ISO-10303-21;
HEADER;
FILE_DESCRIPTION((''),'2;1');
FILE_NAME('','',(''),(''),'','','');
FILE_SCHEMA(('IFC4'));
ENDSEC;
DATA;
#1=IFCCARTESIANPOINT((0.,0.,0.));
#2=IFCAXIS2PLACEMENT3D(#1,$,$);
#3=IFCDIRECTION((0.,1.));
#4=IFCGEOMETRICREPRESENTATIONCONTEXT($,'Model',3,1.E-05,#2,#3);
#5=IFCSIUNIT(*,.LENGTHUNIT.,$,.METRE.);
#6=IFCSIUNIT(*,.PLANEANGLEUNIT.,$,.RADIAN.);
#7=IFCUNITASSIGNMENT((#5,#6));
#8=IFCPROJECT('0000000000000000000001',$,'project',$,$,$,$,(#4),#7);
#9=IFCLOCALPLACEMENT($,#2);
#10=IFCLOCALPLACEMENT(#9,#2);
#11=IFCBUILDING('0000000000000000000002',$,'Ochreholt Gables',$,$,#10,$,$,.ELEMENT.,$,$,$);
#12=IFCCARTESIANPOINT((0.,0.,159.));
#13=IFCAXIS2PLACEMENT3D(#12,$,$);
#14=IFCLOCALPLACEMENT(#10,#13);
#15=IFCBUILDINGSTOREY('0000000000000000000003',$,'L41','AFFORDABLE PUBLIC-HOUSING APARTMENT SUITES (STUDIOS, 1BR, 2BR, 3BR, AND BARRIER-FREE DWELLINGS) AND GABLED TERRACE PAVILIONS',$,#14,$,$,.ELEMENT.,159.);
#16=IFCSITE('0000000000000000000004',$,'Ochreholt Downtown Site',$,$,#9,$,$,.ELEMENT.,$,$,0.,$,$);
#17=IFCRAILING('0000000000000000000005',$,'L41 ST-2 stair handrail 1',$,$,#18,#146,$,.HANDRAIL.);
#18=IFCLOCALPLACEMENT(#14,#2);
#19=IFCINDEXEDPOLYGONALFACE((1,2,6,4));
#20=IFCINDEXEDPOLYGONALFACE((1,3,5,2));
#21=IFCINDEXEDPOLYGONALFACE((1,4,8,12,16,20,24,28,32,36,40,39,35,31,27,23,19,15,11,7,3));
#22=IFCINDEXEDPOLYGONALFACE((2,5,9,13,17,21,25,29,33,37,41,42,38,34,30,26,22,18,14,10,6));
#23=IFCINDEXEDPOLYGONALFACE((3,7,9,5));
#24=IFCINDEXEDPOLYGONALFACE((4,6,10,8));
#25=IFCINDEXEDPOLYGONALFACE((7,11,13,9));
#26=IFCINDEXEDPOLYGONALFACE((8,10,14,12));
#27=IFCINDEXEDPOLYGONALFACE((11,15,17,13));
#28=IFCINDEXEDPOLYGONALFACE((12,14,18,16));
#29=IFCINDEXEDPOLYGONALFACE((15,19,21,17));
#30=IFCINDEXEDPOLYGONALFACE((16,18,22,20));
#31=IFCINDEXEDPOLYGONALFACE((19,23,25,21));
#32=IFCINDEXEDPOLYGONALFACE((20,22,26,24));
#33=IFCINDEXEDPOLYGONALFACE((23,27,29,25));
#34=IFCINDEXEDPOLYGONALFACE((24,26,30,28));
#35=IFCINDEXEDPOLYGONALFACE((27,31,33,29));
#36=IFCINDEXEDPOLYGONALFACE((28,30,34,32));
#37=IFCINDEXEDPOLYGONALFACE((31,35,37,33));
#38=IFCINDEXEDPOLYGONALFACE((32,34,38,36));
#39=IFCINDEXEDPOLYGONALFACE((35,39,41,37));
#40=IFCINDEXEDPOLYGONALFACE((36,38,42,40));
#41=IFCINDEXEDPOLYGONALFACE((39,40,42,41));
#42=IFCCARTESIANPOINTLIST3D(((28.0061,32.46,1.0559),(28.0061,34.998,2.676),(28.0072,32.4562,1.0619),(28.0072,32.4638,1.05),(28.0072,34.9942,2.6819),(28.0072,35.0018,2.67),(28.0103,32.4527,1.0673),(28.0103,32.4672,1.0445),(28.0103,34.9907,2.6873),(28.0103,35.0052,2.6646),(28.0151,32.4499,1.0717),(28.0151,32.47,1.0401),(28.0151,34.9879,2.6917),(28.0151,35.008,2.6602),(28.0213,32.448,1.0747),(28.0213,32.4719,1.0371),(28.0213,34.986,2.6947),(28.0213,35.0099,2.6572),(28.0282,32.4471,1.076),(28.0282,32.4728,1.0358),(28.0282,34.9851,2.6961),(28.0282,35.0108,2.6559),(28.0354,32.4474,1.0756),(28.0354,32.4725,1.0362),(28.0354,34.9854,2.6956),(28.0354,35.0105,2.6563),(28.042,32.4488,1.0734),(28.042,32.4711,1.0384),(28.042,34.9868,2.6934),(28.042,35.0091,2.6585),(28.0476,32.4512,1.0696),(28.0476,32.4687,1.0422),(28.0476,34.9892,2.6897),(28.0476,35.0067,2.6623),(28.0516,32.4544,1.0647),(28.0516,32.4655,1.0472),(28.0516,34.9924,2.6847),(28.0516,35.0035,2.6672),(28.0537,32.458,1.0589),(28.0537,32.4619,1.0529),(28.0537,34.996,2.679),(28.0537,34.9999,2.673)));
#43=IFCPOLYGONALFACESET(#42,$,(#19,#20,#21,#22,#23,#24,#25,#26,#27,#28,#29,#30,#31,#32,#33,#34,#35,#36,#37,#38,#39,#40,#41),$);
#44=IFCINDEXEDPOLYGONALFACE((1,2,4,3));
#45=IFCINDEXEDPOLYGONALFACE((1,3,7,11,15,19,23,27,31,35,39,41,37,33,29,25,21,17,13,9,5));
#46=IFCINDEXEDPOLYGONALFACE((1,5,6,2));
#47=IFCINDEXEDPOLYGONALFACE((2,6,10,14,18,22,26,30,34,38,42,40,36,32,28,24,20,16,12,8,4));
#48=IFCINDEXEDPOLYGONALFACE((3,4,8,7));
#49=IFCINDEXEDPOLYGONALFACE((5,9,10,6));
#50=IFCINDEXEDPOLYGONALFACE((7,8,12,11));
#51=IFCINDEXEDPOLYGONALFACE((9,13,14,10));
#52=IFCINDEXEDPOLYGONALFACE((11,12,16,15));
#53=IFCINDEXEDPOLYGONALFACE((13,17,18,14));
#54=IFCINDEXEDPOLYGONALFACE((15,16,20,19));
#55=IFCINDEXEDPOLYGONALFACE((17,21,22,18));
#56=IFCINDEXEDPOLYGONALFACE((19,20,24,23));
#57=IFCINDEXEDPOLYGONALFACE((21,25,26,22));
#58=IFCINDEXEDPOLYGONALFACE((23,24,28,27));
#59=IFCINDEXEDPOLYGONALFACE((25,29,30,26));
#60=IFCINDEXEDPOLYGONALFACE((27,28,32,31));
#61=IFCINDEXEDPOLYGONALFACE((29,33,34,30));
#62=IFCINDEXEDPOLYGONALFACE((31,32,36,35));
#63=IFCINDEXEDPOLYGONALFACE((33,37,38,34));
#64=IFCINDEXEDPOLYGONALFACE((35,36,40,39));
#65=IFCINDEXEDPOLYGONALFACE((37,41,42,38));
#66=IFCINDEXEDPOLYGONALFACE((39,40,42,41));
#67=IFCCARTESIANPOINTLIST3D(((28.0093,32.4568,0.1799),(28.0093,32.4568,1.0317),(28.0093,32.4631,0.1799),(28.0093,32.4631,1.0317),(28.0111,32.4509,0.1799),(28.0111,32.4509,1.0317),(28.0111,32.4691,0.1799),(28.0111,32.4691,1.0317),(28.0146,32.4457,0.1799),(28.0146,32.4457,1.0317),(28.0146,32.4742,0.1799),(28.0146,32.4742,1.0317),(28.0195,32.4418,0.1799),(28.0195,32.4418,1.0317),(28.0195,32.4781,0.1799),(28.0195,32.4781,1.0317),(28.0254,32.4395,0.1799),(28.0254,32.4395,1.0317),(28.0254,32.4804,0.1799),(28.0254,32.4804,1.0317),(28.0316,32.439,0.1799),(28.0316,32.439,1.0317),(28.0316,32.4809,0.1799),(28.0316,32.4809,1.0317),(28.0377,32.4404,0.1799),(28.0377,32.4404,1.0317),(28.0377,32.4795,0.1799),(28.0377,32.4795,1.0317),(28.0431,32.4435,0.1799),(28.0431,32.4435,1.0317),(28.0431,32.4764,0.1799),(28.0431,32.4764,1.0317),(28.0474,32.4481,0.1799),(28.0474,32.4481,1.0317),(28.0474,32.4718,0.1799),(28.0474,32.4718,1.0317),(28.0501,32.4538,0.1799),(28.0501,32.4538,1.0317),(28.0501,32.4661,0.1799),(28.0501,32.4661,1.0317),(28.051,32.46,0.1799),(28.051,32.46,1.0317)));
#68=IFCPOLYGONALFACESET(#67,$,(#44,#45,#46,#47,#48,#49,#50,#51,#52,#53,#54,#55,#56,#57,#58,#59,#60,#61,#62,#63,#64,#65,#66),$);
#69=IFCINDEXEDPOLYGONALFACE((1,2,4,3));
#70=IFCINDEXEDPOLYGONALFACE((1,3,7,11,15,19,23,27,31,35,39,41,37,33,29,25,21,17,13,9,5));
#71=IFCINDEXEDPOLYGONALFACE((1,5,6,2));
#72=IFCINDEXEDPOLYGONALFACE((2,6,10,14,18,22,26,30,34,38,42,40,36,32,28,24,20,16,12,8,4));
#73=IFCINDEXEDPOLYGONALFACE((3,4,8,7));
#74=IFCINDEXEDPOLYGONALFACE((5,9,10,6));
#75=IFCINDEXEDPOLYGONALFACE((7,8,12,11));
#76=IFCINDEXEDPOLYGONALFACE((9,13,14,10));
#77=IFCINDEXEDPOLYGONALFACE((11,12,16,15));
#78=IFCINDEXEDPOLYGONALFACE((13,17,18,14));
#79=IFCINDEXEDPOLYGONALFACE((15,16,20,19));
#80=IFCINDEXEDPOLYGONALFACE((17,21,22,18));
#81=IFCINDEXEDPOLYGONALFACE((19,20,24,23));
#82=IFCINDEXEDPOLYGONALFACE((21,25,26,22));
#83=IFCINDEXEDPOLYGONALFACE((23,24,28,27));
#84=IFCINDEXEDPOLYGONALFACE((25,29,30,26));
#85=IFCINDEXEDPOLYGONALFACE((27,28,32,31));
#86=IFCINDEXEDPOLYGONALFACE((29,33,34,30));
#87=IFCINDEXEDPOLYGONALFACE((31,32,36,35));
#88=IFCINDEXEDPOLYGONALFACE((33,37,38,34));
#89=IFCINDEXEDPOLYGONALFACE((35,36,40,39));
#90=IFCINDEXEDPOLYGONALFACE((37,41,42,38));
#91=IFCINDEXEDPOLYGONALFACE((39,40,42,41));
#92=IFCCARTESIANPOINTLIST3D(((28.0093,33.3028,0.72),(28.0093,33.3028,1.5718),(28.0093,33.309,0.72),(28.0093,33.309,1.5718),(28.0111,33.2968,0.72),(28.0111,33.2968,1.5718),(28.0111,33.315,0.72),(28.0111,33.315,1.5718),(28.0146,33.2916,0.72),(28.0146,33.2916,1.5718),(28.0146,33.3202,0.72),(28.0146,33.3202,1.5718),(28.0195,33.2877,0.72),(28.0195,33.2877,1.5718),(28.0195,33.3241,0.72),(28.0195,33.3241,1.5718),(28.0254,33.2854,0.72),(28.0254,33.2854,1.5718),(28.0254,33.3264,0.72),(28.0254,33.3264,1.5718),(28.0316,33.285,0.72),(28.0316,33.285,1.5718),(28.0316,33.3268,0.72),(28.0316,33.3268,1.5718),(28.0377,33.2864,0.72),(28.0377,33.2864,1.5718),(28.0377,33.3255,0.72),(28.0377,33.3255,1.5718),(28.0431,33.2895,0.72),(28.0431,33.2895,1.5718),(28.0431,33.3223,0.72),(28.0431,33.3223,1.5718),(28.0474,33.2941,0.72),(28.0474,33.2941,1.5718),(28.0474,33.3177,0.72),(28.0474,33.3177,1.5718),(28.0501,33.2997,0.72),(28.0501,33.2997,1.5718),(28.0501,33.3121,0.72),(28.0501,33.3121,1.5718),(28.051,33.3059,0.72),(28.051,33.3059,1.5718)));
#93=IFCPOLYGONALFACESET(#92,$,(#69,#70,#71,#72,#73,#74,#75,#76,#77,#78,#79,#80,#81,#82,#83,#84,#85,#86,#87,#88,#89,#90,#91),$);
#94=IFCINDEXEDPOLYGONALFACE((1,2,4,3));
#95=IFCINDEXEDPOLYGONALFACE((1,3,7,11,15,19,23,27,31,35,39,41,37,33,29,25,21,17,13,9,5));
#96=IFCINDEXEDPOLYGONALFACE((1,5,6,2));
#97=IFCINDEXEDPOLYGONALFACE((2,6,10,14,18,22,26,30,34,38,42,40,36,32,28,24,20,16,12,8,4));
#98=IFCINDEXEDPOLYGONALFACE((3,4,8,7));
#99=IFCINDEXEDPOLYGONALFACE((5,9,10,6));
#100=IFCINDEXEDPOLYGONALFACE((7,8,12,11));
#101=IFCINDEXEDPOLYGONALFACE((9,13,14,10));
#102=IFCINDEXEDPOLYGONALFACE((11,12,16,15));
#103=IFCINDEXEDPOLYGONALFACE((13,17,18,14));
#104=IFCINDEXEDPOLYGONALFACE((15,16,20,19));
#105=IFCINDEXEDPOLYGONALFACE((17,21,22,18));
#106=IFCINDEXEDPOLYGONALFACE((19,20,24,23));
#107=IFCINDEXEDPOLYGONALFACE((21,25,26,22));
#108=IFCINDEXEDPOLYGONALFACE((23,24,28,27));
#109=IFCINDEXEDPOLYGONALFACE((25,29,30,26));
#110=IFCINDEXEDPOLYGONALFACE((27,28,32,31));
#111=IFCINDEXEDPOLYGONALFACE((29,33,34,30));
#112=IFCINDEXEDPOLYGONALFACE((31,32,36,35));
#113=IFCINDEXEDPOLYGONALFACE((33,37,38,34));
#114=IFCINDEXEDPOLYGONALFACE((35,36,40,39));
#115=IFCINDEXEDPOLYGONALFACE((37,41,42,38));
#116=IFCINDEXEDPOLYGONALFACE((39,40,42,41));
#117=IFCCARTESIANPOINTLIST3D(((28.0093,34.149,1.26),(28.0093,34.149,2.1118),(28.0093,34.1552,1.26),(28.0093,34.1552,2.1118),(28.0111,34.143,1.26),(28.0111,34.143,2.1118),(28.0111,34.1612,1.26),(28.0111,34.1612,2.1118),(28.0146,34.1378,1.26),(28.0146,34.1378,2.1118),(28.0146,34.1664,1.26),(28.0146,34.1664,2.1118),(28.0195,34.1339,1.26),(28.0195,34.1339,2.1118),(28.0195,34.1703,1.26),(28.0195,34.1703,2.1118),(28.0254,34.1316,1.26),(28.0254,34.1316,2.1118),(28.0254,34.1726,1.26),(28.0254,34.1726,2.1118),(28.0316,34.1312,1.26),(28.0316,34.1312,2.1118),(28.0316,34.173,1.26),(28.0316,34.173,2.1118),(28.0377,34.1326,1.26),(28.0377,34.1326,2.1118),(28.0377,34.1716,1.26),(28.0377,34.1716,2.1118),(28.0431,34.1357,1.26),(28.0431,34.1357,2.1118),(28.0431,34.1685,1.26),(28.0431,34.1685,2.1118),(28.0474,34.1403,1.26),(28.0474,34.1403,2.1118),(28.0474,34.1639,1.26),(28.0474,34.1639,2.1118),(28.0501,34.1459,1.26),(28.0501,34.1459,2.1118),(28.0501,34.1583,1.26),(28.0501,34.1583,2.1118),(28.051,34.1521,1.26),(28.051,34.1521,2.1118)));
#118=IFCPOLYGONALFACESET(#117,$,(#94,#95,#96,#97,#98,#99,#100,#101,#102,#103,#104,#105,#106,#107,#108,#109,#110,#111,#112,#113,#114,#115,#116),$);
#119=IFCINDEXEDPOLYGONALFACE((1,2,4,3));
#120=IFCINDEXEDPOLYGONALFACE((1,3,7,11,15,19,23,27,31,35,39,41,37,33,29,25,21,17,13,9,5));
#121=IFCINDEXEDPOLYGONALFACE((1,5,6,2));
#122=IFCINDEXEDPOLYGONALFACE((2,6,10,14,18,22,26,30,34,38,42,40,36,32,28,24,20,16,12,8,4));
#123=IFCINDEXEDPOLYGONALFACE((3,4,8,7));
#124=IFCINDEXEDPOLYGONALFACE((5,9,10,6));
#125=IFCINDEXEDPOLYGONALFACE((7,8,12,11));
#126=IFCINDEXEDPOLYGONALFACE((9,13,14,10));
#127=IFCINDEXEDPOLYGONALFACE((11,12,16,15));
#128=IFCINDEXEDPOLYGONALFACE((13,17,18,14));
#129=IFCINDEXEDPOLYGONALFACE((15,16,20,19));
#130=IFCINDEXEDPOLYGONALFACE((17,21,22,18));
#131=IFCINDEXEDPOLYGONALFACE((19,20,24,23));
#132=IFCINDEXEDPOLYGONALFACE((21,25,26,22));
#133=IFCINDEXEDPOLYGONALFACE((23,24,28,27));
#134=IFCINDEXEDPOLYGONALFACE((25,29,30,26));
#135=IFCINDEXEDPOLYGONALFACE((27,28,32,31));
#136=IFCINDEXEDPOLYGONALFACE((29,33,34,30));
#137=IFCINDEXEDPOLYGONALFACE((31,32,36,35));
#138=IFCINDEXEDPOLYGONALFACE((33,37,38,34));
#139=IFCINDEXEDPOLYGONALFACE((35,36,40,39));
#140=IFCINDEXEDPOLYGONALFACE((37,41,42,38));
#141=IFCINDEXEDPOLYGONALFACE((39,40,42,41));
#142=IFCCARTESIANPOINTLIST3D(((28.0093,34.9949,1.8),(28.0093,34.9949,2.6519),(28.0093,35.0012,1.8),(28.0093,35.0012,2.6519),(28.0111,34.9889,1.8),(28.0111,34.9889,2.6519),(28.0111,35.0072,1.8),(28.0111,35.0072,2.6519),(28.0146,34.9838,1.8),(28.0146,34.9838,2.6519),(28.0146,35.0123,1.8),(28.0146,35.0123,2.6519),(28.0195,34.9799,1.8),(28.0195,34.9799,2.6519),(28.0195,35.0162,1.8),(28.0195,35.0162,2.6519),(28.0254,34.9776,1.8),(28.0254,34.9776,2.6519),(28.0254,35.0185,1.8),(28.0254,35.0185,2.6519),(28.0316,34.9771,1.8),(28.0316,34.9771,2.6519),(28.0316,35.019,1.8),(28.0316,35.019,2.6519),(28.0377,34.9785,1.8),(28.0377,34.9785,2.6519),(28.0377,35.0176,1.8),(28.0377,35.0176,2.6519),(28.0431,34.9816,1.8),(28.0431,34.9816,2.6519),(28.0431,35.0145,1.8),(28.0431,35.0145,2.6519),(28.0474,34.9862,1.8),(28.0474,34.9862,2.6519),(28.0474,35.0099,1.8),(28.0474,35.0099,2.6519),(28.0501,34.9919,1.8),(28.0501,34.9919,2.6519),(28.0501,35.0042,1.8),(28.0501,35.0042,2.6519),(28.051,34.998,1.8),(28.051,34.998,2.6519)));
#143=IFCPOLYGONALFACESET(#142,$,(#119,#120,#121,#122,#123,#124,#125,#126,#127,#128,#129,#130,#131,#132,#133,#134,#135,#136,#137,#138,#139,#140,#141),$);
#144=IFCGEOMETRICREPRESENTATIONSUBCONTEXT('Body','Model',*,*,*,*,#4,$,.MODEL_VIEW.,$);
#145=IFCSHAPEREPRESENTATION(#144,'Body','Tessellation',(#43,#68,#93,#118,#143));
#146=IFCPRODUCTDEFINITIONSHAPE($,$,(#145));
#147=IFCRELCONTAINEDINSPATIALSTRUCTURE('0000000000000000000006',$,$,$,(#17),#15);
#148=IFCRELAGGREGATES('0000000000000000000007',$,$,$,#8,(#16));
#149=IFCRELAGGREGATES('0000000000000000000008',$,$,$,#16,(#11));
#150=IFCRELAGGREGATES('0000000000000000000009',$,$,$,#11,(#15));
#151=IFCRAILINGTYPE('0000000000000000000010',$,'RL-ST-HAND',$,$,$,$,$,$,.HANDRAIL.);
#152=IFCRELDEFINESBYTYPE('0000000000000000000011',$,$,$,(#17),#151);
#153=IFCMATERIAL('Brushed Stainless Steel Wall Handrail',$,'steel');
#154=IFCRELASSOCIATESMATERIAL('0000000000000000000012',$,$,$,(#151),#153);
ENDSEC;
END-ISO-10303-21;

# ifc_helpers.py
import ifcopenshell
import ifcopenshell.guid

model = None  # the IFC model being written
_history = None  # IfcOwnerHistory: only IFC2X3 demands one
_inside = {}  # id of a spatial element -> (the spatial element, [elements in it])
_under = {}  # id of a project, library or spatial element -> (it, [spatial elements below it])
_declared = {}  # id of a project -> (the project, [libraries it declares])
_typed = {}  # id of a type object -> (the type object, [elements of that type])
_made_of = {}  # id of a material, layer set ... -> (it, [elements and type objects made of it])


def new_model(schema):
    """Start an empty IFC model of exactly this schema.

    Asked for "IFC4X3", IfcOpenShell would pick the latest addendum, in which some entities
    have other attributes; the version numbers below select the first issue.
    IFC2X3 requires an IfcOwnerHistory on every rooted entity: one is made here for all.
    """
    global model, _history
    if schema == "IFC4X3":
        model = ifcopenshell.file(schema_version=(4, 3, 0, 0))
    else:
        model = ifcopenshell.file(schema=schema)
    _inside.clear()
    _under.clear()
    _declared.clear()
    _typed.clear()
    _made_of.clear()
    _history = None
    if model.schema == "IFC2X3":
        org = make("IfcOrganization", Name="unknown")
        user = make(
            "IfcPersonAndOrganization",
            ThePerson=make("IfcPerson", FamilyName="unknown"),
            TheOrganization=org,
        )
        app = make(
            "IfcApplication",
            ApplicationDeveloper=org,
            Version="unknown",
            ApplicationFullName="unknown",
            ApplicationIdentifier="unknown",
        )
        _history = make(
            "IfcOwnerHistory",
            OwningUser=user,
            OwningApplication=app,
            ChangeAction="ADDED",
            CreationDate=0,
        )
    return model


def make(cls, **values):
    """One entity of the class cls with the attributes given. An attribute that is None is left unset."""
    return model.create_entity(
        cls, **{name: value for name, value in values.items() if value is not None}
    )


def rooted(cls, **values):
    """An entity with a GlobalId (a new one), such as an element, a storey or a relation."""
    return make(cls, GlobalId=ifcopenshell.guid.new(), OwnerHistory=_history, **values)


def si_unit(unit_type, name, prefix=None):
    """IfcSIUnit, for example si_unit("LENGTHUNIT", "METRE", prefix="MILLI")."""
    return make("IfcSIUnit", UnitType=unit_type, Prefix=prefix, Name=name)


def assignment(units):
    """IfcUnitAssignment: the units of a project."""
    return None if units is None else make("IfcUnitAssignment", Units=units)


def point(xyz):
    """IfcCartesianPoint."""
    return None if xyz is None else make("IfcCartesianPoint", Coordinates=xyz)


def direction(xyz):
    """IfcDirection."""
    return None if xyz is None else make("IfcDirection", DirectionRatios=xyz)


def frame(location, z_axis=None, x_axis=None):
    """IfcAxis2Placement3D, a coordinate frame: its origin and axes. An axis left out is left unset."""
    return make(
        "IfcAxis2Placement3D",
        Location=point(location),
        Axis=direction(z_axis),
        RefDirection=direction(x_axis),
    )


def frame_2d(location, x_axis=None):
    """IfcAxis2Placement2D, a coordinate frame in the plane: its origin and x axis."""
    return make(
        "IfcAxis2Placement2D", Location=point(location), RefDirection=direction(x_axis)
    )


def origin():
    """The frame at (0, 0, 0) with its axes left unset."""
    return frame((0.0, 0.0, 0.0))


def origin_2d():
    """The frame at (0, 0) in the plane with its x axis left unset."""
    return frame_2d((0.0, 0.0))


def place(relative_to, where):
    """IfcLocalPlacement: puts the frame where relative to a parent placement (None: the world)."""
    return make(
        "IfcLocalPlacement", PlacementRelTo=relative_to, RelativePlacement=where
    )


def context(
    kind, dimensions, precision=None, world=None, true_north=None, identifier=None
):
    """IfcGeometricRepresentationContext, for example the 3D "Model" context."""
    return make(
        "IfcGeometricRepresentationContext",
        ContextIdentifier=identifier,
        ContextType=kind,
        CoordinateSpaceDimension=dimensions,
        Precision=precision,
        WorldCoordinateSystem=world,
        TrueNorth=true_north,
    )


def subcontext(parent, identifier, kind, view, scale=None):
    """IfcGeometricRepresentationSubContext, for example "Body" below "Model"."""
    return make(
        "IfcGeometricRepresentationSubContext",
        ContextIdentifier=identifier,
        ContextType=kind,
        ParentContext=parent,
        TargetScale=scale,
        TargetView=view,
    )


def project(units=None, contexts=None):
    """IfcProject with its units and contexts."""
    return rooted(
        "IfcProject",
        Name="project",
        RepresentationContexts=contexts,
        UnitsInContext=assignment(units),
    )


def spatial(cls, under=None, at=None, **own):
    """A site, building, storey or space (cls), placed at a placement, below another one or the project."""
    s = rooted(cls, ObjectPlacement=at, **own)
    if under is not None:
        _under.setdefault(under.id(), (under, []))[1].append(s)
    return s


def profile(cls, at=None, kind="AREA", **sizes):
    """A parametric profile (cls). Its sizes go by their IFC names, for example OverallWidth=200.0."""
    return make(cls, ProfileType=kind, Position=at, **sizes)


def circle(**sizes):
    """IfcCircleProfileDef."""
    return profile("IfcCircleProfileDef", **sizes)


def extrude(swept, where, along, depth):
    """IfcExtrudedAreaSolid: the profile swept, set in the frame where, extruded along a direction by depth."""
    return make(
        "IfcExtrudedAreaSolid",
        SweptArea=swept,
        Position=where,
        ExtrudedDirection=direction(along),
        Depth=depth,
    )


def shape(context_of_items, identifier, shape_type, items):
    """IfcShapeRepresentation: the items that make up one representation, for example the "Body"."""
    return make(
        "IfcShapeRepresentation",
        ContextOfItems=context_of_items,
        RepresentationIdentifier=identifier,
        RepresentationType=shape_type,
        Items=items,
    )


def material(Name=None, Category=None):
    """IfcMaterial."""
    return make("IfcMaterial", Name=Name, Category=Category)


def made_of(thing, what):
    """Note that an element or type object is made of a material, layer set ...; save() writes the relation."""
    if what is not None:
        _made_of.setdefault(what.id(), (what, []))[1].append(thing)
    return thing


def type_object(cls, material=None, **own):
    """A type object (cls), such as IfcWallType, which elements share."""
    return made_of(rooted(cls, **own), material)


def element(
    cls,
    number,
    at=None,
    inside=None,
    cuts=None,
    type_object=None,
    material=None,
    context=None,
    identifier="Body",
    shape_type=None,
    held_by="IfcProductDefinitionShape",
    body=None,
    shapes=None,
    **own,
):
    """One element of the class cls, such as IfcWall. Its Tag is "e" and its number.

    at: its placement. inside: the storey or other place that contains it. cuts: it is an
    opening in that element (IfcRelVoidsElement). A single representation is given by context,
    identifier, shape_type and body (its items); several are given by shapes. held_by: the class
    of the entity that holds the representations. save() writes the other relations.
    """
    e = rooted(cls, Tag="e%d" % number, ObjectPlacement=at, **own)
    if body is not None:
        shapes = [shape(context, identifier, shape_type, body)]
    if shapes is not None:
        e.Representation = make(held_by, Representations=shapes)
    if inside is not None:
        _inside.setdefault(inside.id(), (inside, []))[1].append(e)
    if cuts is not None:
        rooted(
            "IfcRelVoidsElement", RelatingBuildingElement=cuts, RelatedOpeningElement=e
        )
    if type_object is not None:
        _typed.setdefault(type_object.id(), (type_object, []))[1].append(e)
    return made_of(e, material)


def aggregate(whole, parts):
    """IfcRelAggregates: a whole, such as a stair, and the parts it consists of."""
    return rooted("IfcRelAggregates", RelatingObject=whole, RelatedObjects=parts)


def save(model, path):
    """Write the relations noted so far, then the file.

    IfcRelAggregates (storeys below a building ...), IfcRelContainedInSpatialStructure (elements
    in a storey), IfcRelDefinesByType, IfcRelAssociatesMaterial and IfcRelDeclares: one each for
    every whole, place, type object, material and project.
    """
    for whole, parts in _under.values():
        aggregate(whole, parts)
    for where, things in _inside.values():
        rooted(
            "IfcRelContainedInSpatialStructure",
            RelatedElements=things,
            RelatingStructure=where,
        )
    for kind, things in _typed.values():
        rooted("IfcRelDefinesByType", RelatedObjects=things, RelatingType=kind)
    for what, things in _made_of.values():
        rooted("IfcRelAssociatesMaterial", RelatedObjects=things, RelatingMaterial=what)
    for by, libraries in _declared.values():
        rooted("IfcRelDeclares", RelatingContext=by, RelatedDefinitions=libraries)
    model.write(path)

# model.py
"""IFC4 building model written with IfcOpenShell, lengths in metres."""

from ifc_helpers import new_model, si_unit, direction, frame, origin, origin_2d, place, context, subcontext, project, spatial, circle, extrude, material, type_object, element, save


model = new_model("IFC4")

# Units and contexts
model_context = context("Model", 3, precision=1e-05, world=origin(), true_north=direction((0.0, 1.0)))
body_context = subcontext(model_context, "Body", "Model", "MODEL_VIEW")
ifc_project = project(units=[si_unit("LENGTHUNIT", "METRE"), si_unit("PLANEANGLEUNIT", "RADIAN")], contexts=[model_context])

# Site, building, storey
site_placement = place(None, origin())
site = spatial("IfcSite", under=ifc_project, at=site_placement, Name="Ochreholt Downtown Site", CompositionType="ELEMENT", RefElevation=0.0)
building_placement = place(site_placement, origin())
building = spatial("IfcBuilding", under=site, at=building_placement, Name="Ochreholt Gables", CompositionType="ELEMENT")
storey_placement = place(building_placement, frame((0.0, 0.0, 159.0)))
storey = spatial("IfcBuildingStorey", under=building, at=storey_placement, Name="L41", Description="AFFORDABLE PUBLIC-HOUSING APARTMENT SUITES (STUDIOS, 1BR, 2BR, 3BR, AND BARRIER-FREE DWELLINGS) AND GABLED TERRACE PAVILIONS", CompositionType="ELEMENT", Elevation=159.0)

# Railing
ifc_material_1 = material(Name="Brushed Stainless Steel Wall Handrail", Category="steel")
railing_type_1 = type_object("IfcRailingType", Name="RL-ST-HAND", PredefinedType="HANDRAIL", material=ifc_material_1)
railing_1_placement = place(storey_placement, frame((28.03, 32.46, 0.1799)))
element("IfcRailing", 1, at=railing_1_placement, inside=storey, type_object=railing_type_1, Name="L41 ST-2 stair handrail 1", PredefinedType="HANDRAIL", context=body_context, shape_type="SweptSolid", body=[
    extrude(circle(Radius=0.0239, at=origin_2d()), frame((0.0, 0.0, 0.876), z_axis=(0.0, 0.842913, 0.53805), x_axis=(-1.0, 0.0, 0.0)), (0.0, 0.0, 1.0), 3.011),
    extrude(circle(Radius=0.021, at=origin_2d()), origin(), (0.0, 0.0, 1.0), 0.8518),
    extrude(circle(Radius=0.021, at=origin_2d()), frame((0.0, 0.8459, 0.54)), (0.0, 0.0, 1.0), 0.8518),
    extrude(circle(Radius=0.021, at=origin_2d()), frame((0.0, 1.6921, 1.0801)), (0.0, 0.0, 1.0), 0.8518),
    extrude(circle(Radius=0.021, at=origin_2d()), frame((0.0, 2.5381, 1.6201)), (0.0, 0.0, 1.0), 0.8518),
])

save(model, "model.ifc")
